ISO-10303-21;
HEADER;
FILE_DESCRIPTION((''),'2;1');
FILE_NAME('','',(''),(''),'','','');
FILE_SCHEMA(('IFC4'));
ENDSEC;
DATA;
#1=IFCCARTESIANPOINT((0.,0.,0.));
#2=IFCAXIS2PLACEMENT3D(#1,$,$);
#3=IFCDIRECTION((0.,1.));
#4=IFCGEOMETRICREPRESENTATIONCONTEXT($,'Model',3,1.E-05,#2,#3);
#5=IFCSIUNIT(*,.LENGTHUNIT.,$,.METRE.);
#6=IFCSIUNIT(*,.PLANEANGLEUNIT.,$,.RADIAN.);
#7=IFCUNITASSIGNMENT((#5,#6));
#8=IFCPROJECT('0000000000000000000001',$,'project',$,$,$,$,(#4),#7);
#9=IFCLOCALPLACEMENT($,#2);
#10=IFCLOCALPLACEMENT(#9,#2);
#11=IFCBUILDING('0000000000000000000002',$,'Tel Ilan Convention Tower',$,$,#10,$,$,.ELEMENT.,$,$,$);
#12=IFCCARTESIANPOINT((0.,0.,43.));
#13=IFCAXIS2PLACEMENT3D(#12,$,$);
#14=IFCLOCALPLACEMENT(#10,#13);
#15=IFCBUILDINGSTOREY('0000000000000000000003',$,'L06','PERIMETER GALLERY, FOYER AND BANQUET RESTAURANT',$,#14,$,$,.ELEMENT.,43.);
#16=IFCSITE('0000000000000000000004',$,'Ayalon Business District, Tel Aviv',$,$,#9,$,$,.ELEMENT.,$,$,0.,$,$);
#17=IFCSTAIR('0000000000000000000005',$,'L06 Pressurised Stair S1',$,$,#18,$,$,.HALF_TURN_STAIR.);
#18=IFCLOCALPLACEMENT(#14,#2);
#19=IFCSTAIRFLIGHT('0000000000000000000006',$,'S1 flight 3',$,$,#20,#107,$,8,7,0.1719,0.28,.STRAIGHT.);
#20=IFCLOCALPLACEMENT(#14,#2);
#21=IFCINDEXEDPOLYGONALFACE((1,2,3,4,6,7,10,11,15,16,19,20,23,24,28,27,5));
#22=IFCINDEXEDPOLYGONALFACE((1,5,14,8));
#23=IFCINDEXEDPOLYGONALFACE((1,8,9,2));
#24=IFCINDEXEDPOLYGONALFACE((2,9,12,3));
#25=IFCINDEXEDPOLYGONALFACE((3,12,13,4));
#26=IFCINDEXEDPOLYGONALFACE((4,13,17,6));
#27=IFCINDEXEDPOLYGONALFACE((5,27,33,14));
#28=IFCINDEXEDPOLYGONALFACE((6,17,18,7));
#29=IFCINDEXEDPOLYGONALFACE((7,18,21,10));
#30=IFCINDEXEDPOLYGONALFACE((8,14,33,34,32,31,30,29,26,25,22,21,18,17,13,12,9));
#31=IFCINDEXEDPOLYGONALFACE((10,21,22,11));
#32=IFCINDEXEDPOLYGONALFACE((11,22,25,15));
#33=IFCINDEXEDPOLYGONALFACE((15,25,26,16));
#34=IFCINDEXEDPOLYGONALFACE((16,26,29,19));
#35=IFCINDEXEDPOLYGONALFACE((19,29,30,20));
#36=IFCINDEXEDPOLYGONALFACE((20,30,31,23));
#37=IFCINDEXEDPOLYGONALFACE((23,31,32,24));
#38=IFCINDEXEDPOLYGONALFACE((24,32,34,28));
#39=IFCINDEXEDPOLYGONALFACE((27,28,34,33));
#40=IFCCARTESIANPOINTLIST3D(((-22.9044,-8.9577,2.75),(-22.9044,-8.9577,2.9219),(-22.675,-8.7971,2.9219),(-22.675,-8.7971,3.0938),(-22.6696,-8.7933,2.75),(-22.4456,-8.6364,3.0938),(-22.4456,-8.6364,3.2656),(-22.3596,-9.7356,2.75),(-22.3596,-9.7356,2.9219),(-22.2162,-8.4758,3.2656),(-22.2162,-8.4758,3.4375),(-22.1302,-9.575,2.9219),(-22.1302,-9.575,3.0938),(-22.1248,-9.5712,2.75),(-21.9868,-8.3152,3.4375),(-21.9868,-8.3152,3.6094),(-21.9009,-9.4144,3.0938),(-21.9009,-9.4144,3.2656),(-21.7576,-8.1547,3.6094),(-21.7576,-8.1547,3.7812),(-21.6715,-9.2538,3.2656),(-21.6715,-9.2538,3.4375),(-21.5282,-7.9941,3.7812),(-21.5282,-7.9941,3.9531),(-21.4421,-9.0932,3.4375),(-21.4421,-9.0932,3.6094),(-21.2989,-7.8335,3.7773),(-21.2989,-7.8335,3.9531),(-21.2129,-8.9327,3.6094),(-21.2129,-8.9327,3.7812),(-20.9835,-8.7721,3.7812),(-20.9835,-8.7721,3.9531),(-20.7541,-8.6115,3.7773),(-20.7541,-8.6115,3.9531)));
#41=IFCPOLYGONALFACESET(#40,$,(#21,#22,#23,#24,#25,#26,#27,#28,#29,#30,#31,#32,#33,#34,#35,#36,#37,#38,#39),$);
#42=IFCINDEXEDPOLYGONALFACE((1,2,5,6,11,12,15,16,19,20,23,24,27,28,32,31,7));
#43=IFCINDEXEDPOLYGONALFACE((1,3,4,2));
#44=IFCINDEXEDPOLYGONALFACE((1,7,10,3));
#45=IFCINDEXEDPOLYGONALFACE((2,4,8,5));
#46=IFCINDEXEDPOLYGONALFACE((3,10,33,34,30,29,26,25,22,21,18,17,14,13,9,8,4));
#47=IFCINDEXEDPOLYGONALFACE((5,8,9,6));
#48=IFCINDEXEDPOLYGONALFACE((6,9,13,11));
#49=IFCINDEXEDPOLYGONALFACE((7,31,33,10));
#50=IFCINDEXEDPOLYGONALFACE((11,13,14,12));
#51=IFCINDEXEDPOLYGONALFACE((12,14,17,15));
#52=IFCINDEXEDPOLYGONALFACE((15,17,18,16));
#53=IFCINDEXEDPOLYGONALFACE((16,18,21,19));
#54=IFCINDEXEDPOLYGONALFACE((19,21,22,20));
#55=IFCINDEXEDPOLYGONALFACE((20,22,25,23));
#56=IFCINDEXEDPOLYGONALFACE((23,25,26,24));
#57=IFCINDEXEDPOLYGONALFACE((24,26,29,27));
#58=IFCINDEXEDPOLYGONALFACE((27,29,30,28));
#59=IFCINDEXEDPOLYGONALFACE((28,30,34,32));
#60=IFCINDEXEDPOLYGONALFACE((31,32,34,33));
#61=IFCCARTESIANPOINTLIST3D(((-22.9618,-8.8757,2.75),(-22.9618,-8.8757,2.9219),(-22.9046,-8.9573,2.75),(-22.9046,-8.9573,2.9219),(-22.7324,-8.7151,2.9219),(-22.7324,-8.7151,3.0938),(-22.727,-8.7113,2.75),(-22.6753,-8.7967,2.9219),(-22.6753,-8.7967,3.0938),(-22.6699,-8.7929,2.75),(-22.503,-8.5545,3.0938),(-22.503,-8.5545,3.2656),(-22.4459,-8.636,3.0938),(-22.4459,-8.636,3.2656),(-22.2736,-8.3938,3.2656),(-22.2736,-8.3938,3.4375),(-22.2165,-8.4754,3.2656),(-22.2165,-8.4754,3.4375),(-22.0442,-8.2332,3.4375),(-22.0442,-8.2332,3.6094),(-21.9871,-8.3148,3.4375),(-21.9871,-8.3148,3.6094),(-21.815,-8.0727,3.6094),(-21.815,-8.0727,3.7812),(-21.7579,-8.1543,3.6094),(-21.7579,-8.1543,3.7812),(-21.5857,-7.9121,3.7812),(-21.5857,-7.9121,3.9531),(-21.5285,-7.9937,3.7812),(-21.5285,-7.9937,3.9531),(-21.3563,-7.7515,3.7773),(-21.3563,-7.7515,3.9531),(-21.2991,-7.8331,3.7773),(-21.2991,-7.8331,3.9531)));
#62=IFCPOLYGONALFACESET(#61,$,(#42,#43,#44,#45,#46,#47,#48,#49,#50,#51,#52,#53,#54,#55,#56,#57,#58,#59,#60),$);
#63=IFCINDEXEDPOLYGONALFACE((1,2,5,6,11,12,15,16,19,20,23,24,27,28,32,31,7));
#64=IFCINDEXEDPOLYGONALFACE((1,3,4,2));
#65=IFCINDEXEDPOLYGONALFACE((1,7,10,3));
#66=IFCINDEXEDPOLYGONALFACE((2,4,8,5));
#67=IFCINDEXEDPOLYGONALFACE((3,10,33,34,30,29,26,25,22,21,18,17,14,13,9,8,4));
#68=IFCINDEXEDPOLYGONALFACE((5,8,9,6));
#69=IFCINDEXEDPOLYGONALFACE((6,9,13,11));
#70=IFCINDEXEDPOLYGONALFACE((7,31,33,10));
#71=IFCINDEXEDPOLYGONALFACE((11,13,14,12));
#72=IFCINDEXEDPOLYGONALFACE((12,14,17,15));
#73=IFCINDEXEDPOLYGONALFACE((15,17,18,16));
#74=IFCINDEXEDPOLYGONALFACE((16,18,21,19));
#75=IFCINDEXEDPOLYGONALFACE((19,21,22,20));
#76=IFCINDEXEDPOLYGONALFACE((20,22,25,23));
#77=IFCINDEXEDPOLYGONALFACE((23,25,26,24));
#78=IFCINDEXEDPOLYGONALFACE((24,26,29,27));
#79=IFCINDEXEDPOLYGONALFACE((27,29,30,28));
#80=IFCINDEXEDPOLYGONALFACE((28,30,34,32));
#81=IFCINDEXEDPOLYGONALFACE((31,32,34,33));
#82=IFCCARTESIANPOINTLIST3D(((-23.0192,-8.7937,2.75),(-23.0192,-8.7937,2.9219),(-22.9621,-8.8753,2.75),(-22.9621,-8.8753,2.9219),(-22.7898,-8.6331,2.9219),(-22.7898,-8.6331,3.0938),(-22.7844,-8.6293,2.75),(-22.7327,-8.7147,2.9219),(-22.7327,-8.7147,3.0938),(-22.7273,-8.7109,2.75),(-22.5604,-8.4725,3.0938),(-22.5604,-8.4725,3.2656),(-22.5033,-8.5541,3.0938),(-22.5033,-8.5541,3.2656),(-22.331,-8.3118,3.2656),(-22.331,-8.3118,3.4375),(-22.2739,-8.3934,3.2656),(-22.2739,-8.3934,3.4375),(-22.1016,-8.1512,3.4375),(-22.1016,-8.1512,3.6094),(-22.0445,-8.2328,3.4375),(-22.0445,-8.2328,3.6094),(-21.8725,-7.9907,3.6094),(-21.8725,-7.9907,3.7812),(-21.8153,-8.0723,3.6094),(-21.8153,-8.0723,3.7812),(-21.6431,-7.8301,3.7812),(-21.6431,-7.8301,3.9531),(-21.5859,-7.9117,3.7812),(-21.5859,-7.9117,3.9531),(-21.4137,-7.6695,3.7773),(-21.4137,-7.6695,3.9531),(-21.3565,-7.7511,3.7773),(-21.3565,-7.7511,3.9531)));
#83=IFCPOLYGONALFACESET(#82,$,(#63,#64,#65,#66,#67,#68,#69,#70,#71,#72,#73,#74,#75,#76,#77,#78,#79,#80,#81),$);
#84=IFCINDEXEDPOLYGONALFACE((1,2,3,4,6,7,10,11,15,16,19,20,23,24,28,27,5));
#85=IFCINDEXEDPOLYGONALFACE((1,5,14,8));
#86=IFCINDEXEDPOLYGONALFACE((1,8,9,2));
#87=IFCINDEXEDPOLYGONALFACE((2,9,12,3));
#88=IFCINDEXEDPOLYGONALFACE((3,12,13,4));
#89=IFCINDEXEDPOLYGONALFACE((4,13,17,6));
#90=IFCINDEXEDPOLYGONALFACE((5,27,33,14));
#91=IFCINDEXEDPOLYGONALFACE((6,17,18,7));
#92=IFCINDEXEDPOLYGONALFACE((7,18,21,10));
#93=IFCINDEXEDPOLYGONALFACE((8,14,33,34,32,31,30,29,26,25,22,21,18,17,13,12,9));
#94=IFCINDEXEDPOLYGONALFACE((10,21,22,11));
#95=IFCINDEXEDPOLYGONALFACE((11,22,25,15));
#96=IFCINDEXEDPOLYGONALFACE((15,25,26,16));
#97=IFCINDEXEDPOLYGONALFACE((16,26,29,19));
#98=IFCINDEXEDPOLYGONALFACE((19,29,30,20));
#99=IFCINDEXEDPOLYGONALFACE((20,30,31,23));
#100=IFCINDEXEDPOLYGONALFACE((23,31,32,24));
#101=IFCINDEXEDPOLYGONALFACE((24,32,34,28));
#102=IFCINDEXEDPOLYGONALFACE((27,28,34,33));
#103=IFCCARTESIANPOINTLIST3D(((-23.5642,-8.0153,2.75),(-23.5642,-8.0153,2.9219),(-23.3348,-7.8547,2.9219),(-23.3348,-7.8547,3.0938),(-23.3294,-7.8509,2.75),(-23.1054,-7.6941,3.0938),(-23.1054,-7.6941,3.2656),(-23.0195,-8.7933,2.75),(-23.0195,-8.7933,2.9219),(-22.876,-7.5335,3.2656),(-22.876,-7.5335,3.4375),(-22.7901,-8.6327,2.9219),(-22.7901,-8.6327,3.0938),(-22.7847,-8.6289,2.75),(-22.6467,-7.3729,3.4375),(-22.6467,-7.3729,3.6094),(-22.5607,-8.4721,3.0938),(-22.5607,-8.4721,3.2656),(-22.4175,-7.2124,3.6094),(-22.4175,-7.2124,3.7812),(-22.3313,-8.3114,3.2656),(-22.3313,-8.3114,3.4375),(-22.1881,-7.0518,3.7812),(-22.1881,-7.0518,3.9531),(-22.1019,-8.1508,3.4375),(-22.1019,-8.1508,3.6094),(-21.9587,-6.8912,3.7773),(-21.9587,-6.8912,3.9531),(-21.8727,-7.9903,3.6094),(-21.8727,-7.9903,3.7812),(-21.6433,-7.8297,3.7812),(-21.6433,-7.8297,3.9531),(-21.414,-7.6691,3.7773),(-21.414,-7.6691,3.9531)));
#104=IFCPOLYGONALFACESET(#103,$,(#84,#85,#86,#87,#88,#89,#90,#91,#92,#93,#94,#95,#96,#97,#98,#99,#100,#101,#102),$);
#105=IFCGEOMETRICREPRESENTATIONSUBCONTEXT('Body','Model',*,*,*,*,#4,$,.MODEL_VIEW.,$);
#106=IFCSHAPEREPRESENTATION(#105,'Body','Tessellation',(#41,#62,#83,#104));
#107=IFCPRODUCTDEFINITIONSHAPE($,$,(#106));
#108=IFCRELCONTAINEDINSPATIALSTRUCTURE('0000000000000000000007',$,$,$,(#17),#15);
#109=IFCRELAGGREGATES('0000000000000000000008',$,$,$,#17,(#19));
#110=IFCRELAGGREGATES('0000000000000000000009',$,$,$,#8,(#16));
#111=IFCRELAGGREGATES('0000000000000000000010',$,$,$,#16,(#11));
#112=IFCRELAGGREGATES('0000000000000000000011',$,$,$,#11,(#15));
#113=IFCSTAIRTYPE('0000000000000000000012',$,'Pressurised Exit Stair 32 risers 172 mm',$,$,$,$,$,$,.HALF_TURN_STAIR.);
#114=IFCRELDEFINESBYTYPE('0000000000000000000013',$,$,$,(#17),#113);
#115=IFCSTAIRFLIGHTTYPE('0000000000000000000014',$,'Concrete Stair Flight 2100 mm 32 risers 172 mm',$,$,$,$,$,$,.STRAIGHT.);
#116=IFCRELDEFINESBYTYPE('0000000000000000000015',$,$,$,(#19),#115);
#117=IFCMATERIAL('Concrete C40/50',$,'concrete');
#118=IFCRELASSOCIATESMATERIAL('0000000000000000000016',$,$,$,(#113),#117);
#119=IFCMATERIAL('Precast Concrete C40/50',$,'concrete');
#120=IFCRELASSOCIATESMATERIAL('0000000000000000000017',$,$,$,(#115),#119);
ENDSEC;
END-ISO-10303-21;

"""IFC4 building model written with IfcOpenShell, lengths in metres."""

from ifc_helpers import new_model, si_unit, direction, frame, origin, place, context, subcontext, project, spatial, polyline, outline, extrude, material, type_object, element, aggregate, save


model = new_model("IFC4")

# Units and contexts
model_context = context("Model", 3, precision=1e-05, world=origin(), true_north=direction((0.0, 1.0)))
body_context = subcontext(model_context, "Body", "Model", "MODEL_VIEW")
ifc_project = project(units=[si_unit("LENGTHUNIT", "METRE"), si_unit("PLANEANGLEUNIT", "RADIAN")], contexts=[model_context])

# Site, building, storey
site_placement = place(None, origin())
site = spatial("IfcSite", under=ifc_project, at=site_placement, Name="Ayalon Business District, Tel Aviv", CompositionType="ELEMENT", RefElevation=0.0)
building_placement = place(site_placement, origin())
building = spatial("IfcBuilding", under=site, at=building_placement, Name="Tel Ilan Convention Tower", CompositionType="ELEMENT")
storey_placement = place(building_placement, frame((0.0, 0.0, 43.0)))
storey = spatial("IfcBuildingStorey", under=building, at=storey_placement, Name="L06", Description="PERIMETER GALLERY, FOYER AND BANQUET RESTAURANT", CompositionType="ELEMENT", Elevation=43.0)

# Stair, stair flight
ifc_material_1 = material(Name="Concrete C40/50", Category="concrete")
stair_type = type_object("IfcStairType", Name="Pressurised Exit Stair 32 risers 172 mm", PredefinedType="HALF_TURN_STAIR", material=ifc_material_1)
stair_placement = place(storey_placement, origin())
stair = element("IfcStair", 1, at=stair_placement, inside=storey, type_object=stair_type, Name="L06 Pressurised Stair S1", PredefinedType="HALF_TURN_STAIR")
ifc_material_2 = material(Name="Precast Concrete C40/50", Category="concrete")
stair_flight_type = type_object("IfcStairFlightType", Name="Concrete Stair Flight 2100 mm 32 risers 172 mm", PredefinedType="STRAIGHT", material=ifc_material_2)
stair_flight_1_placement = place(storey_placement, frame((-22.9619, -8.8755, 2.75), z_axis=(0.0, 0.0, 1.0), x_axis=(0.819152, 0.573576, 0.0)))
stair_flight_1 = element("IfcStairFlight", 2, at=stair_flight_1_placement, type_object=stair_flight_type, Name="S1 flight 3", NumberOfRisers=8, NumberOfTreads=7, PredefinedType="STRAIGHT", RiserHeight=0.1719, TreadLength=0.28, context=body_context, shape_type="SweptSolid", body=[
    extrude(outline(polyline([(0.0, 0.0), (0.0, 0.1719), (0.28, 0.1719), (0.28, 0.3438), (0.5601, 0.3438), (0.5601, 0.5156), (0.8401, 0.5156), (0.8401, 0.6875), (1.1201, 0.6875), (1.1201, 0.8594), (1.3999, 0.8594), (1.3999, 1.0312), (1.6799, 1.0312), (1.6799, 1.2031), (1.96, 1.2031), (1.96, 1.375), (1.96, 1.0273), (0.2866, 0.0), (0.0, 0.0)])), frame((0.0, -0.1003, 0.0), z_axis=(0.0, -1.0, 0.0), x_axis=(1.0, 0.0, 0.0)), (0.0, 0.0, 1.0), 0.9497),
    extrude(outline(polyline([(0.0, 0.0), (0.0, 0.1719), (0.28, 0.1719), (0.28, 0.3438), (0.5601, 0.3438), (0.5601, 0.5156), (0.8401, 0.5156), (0.8401, 0.6875), (1.1201, 0.6875), (1.1201, 0.8594), (1.3999, 0.8594), (1.3999, 1.0312), (1.6799, 1.0312), (1.6799, 1.2031), (1.96, 1.2031), (1.96, 1.375), (1.96, 1.0273), (0.2866, 0.0), (0.0, 0.0)])), frame((0.0, -0.0002, 0.0), z_axis=(0.0, -1.0, 0.0), x_axis=(1.0, 0.0, 0.0)), (0.0, 0.0, 1.0), 0.0996),
    extrude(outline(polyline([(0.0, 0.0), (0.0, 0.1719), (0.28, 0.1719), (0.28, 0.3438), (0.5601, 0.3438), (0.5601, 0.5156), (0.8401, 0.5156), (0.8401, 0.6875), (1.1201, 0.6875), (1.1201, 0.8594), (1.3999, 0.8594), (1.3999, 1.0312), (1.6799, 1.0312), (1.6799, 1.2031), (1.96, 1.2031), (1.96, 1.375), (1.96, 1.0273), (0.2866, 0.0), (0.0, 0.0)])), frame((0.0, 0.0999, 0.0), z_axis=(0.0, -1.0, 0.0), x_axis=(1.0, 0.0, 0.0)), (0.0, 0.0, 1.0), 0.0996),
    extrude(outline(polyline([(0.0, 0.0), (0.0, 0.1719), (0.28, 0.1719), (0.28, 0.3438), (0.5601, 0.3438), (0.5601, 0.5156), (0.8401, 0.5156), (0.8401, 0.6875), (1.1201, 0.6875), (1.1201, 0.8594), (1.3999, 0.8594), (1.3999, 1.0312), (1.6799, 1.0312), (1.6799, 1.2031), (1.96, 1.2031), (1.96, 1.375), (1.96, 1.0273), (0.2866, 0.0), (0.0, 0.0)])), frame((0.0, 1.05, 0.0), z_axis=(0.0, -1.0, 0.0), x_axis=(1.0, 0.0, 0.0)), (0.0, 0.0, 1.0), 0.9497),
])
aggregate(stair, [stair_flight_1])

save(model, "model.ifc")
